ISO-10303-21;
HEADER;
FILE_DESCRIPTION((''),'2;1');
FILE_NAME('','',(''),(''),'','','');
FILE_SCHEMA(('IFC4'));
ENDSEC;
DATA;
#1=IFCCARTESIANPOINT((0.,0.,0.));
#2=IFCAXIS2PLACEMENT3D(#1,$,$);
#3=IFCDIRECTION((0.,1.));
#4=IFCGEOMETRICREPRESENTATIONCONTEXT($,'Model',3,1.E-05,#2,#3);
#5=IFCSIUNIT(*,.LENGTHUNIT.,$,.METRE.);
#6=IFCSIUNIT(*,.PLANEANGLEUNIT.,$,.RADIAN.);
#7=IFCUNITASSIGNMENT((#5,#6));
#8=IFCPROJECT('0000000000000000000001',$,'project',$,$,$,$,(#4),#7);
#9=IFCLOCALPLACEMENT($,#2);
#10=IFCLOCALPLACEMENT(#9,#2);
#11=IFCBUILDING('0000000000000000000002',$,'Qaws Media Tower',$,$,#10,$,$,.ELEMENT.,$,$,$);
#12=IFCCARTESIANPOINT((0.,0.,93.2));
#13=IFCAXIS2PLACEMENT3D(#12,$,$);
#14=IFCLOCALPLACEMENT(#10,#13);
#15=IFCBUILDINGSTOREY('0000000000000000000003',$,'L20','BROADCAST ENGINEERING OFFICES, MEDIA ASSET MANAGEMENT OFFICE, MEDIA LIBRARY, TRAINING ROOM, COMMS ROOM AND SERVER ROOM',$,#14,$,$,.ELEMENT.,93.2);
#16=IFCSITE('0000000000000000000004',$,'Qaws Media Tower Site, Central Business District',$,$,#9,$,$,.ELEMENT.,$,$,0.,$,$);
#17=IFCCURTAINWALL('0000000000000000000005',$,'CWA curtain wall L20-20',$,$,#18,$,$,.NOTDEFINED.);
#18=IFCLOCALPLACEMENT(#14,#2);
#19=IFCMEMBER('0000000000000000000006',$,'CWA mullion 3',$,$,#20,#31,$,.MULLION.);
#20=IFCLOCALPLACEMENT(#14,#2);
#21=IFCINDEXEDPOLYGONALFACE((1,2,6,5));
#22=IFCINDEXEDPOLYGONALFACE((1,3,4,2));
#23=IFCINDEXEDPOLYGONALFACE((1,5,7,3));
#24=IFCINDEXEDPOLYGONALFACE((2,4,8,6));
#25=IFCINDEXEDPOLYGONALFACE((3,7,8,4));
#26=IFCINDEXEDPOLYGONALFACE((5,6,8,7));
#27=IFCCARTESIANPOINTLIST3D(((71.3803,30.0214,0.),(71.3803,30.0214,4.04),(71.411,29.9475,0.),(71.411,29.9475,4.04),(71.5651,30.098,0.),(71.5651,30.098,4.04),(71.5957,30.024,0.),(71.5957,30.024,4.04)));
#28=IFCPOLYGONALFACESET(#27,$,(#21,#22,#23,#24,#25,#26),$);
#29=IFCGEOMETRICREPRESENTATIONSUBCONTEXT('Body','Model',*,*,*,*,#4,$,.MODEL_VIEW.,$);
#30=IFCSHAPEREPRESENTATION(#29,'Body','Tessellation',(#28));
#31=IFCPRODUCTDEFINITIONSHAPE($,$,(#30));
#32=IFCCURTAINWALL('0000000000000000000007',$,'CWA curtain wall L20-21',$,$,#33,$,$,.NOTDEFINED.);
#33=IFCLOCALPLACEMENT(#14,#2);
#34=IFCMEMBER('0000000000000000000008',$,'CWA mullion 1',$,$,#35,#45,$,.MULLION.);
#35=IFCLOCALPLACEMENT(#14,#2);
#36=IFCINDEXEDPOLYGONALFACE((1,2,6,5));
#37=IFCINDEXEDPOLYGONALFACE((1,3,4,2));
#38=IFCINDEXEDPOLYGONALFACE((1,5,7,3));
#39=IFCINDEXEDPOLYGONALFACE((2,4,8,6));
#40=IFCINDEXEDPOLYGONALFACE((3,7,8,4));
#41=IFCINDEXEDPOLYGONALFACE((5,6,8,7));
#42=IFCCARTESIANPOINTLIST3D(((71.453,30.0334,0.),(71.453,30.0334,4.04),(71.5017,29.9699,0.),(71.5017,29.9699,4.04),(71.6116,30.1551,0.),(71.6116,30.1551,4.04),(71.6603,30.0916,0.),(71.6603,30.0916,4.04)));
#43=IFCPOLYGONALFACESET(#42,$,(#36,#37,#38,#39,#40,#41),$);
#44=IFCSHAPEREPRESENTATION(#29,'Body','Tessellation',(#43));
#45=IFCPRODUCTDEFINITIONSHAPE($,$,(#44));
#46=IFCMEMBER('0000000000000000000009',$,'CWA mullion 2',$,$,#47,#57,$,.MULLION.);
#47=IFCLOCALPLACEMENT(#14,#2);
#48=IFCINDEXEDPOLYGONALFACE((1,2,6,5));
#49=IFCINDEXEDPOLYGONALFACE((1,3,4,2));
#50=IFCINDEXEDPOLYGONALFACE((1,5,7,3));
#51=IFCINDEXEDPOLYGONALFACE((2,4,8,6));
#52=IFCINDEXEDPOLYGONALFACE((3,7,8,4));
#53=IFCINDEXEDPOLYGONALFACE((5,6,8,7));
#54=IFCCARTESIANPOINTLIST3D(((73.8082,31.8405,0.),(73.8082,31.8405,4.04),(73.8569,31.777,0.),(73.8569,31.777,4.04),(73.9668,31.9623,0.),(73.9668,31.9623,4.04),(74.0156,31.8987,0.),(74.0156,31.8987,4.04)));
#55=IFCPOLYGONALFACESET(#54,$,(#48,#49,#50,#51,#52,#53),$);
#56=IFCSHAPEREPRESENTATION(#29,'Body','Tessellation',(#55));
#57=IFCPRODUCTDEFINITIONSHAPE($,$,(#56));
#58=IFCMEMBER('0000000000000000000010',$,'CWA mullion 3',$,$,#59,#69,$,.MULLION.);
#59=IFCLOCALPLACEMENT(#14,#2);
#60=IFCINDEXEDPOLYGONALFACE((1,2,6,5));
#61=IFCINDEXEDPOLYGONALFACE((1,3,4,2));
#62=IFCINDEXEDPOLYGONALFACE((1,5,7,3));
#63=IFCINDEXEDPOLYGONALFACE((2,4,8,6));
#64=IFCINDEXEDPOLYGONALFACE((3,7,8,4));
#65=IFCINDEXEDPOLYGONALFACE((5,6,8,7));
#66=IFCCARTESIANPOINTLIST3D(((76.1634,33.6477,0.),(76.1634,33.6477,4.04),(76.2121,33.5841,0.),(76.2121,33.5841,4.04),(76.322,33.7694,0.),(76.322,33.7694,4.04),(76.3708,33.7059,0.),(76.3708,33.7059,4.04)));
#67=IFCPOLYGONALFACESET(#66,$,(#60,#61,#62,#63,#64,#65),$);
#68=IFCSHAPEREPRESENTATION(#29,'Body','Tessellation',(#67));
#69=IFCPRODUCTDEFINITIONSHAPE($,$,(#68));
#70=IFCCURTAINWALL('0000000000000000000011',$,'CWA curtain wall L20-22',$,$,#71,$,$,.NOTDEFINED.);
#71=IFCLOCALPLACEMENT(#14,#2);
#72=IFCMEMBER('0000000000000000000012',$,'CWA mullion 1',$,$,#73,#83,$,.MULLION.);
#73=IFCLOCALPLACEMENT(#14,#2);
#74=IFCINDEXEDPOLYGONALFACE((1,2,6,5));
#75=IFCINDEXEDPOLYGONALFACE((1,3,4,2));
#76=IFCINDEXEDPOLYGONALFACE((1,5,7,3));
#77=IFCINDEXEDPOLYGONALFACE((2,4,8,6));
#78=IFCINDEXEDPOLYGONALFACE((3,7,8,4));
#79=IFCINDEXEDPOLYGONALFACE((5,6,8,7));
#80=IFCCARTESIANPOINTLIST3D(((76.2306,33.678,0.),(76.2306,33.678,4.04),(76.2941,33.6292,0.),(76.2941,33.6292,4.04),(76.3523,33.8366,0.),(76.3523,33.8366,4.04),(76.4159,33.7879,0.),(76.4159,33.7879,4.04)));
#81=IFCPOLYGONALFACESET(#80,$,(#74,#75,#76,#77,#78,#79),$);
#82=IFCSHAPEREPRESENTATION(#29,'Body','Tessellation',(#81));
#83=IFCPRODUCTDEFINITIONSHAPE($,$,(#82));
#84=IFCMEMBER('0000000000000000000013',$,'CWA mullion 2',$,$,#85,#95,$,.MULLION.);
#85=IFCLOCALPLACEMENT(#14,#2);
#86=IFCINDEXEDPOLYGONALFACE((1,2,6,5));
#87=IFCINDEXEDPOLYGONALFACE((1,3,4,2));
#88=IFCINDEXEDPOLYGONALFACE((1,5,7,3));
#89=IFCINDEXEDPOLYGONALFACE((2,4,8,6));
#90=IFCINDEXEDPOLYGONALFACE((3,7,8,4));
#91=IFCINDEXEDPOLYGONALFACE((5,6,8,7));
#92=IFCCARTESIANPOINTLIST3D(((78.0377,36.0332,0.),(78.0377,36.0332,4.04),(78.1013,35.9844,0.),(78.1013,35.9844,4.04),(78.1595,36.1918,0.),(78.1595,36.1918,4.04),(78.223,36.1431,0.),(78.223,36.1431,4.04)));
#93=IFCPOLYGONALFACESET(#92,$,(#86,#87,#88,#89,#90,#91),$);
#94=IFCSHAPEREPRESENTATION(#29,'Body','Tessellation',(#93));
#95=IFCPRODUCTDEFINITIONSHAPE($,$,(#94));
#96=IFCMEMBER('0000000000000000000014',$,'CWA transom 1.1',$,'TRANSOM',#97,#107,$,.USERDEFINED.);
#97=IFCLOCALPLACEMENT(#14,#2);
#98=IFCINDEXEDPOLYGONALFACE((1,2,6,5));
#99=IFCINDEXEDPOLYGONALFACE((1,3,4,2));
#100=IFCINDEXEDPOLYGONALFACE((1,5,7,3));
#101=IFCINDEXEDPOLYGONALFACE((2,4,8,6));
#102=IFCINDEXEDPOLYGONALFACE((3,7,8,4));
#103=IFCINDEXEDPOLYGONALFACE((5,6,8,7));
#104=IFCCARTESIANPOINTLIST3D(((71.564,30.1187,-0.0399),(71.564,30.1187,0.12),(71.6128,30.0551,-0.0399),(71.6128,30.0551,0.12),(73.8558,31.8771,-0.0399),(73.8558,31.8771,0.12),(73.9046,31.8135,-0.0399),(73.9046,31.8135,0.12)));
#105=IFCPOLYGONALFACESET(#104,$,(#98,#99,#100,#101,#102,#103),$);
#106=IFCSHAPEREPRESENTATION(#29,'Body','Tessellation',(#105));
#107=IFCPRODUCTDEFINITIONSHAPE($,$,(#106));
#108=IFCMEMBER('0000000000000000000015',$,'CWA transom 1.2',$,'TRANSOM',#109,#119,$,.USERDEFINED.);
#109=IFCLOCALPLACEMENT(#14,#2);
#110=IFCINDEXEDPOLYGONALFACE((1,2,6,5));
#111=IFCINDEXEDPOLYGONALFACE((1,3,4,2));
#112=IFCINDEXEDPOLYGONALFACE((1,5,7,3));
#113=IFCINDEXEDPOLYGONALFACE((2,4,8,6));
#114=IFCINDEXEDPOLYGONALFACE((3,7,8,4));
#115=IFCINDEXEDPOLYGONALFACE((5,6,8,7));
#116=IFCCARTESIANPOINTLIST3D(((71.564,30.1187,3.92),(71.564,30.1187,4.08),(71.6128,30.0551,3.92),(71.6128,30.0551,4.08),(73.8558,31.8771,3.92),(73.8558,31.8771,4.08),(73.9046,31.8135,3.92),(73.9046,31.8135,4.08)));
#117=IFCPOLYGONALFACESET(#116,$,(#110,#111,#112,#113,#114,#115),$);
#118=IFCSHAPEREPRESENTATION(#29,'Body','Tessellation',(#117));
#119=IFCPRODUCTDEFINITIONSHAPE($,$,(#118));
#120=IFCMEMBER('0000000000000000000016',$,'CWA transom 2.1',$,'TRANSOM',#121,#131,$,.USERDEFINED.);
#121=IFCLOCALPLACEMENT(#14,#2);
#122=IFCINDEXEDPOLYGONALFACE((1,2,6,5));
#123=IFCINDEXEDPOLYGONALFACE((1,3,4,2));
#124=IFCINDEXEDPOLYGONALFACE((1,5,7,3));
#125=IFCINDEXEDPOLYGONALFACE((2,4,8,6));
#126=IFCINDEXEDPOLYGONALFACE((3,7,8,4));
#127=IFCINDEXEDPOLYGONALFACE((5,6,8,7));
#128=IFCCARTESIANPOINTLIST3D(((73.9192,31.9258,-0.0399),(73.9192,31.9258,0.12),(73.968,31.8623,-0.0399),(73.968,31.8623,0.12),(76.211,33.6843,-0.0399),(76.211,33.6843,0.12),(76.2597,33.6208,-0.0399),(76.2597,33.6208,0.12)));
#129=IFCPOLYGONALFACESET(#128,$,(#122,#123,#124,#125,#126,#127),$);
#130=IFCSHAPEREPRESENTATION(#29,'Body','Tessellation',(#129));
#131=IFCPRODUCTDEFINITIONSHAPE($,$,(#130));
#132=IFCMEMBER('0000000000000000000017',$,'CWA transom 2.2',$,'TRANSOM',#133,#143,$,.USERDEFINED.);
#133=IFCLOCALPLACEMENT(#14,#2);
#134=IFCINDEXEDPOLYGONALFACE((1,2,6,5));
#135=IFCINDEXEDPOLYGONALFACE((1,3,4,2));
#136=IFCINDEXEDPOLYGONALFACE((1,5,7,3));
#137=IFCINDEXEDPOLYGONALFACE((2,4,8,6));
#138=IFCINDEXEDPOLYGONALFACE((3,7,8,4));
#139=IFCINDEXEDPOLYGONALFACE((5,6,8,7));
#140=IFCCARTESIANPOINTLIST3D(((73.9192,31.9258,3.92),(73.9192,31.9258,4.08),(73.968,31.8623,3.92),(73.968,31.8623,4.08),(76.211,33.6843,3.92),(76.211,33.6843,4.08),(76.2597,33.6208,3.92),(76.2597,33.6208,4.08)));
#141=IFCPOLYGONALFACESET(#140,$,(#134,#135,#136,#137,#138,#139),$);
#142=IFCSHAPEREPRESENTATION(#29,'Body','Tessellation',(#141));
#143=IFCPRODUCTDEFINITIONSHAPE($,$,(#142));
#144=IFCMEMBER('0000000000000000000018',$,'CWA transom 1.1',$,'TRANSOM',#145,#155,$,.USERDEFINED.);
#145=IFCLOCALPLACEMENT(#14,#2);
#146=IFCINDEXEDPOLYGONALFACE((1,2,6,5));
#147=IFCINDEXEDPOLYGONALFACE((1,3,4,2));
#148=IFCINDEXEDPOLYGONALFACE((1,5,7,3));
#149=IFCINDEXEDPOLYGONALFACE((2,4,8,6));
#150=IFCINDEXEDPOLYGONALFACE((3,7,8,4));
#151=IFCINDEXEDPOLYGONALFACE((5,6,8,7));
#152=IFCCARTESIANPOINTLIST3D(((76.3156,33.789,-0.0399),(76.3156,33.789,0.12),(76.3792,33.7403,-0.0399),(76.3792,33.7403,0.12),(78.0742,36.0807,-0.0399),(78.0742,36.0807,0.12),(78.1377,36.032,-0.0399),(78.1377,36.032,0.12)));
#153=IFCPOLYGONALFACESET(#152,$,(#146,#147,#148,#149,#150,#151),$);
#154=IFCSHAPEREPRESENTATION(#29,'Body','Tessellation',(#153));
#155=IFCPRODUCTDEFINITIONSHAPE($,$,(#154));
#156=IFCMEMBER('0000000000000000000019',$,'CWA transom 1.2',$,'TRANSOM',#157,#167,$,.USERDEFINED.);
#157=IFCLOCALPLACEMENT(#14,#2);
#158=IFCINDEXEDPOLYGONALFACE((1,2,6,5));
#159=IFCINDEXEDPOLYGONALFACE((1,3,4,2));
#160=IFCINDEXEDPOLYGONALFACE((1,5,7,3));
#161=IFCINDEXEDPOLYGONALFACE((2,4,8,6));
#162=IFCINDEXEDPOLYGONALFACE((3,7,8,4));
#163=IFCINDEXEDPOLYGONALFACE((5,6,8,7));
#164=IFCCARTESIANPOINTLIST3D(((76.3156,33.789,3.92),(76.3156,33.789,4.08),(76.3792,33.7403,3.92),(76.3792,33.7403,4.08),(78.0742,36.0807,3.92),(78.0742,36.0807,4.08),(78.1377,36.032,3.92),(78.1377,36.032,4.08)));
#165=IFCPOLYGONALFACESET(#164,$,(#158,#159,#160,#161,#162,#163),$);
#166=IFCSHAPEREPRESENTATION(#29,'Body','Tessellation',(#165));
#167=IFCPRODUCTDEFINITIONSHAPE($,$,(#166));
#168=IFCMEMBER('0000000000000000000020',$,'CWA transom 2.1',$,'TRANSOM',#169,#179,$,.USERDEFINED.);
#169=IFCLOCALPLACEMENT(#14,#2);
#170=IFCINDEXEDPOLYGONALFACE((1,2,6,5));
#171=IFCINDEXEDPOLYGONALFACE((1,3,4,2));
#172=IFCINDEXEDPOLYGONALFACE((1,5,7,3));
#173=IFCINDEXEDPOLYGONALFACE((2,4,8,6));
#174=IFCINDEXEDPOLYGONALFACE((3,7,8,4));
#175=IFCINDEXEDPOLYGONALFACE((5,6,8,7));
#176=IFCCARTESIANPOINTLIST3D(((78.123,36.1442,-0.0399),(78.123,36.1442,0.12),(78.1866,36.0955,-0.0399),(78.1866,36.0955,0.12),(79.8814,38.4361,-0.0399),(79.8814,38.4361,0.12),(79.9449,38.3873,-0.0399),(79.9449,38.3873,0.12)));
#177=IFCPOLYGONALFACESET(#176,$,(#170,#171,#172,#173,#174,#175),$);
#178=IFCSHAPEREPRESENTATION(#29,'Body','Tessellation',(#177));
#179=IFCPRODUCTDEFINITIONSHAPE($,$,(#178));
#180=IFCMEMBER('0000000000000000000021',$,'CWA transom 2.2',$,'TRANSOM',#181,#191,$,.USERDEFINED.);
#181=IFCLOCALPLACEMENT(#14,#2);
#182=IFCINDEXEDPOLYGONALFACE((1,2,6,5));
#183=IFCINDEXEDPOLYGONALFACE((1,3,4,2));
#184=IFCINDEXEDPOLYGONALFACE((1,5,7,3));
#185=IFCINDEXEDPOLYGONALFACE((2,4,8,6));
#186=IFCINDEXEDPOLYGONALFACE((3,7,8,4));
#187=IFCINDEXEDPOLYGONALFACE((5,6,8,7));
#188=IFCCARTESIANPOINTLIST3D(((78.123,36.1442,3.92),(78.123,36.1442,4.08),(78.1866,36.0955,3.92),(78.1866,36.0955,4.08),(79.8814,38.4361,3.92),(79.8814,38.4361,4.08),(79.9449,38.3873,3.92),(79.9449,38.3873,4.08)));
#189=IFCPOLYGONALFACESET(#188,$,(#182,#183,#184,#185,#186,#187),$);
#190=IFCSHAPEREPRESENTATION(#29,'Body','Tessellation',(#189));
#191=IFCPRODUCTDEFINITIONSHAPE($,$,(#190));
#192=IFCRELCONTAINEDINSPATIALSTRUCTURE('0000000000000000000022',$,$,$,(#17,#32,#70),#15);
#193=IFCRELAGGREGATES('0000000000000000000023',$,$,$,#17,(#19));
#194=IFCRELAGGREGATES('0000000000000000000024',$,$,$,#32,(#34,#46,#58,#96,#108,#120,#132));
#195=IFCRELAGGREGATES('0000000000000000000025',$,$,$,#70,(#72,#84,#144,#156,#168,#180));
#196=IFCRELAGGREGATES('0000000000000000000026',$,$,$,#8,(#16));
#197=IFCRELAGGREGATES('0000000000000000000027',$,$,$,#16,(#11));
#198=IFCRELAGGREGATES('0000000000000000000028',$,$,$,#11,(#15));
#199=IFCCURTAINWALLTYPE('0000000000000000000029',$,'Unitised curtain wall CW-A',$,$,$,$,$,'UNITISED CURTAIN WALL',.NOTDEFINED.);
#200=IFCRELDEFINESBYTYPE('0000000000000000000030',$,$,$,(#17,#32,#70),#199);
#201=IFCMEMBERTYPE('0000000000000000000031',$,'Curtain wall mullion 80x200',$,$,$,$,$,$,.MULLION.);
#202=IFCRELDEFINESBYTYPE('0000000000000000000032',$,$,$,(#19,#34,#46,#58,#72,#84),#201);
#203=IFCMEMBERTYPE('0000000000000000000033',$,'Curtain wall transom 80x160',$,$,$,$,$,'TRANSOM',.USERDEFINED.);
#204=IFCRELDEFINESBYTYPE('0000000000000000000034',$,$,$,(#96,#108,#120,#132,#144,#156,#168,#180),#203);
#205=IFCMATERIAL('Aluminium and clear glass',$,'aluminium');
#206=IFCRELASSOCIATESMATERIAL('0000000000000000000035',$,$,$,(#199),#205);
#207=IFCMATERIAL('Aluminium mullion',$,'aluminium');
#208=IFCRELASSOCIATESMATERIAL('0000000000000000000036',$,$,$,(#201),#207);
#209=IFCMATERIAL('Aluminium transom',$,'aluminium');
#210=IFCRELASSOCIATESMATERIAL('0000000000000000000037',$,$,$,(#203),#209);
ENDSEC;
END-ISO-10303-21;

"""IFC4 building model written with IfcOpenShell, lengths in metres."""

from ifc_helpers import new_model, si_unit, direction, frame, origin, origin_2d, place, context, subcontext, project, spatial, rectangle, extrude, material, material_profile, profile_set, type_object, element, aggregate, save


model = new_model("IFC4")

# Units and contexts
model_context = context("Model", 3, precision=1e-05, world=origin(), true_north=direction((0.0, 1.0)))
body_context = subcontext(model_context, "Body", "Model", "MODEL_VIEW")
ifc_project = project(units=[si_unit("LENGTHUNIT", "METRE"), si_unit("PLANEANGLEUNIT", "RADIAN")], contexts=[model_context])

# Site, building, storey
site_placement = place(None, origin())
site = spatial("IfcSite", under=ifc_project, at=site_placement, Name="Qaws Media Tower Site, Central Business District", CompositionType="ELEMENT", RefElevation=0.0)
building_placement = place(site_placement, origin())
building = spatial("IfcBuilding", under=site, at=building_placement, Name="Qaws Media Tower", CompositionType="ELEMENT")
storey_placement = place(building_placement, frame((0.0, 0.0, 93.2)))
storey = spatial("IfcBuildingStorey", under=building, at=storey_placement, Name="L20", Description="BROADCAST ENGINEERING OFFICES, MEDIA ASSET MANAGEMENT OFFICE, MEDIA LIBRARY, TRAINING ROOM, COMMS ROOM AND SERVER ROOM", CompositionType="ELEMENT", Elevation=93.2)

# Curtain wall, member
ifc_material_1 = material(Name="Aluminium and clear glass", Category="aluminium")
curtain_wall_type = type_object("IfcCurtainWallType", Name="Unitised curtain wall CW-A", ElementType="UNITISED CURTAIN WALL", PredefinedType="NOTDEFINED", material=ifc_material_1)
curtain_wall_1_placement = place(storey_placement, origin())
curtain_wall_1 = element("IfcCurtainWall", 1, at=curtain_wall_1_placement, inside=storey, type_object=curtain_wall_type, Name="CWA curtain wall L20-20", PredefinedType="NOTDEFINED")
ifc_material_2 = material(Name="Aluminium mullion", Category="aluminium")
ifc_material_profile_1 = material_profile(ifc_material_2, rectangle(XDim=0.0801, YDim=0.2, at=origin_2d()), Name="80x200")
ifc_profile_set_1 = profile_set([ifc_material_profile_1], Name="Aluminium mullion")
member_type_1 = type_object("IfcMemberType", Name="Curtain wall mullion 80x200", PredefinedType="MULLION", material=ifc_profile_set_1)
member_1_placement = place(storey_placement, frame((71.488, 30.0227, 0.0), z_axis=(0.0, 0.0, 1.0), x_axis=(-0.382683, 0.92388, 0.0)))
member_1 = element("IfcMember", 2, at=member_1_placement, type_object=member_type_1, Name="CWA mullion 3", PredefinedType="MULLION", context=body_context, shape_type="SweptSolid", body=[
    extrude(rectangle(XDim=0.0801, YDim=0.2, at=origin_2d()), origin(), (0.0, 0.0, 1.0), 4.04),
])

# Curtain walls, members
curtain_wall_2_placement = place(storey_placement, origin())
curtain_wall_2 = element("IfcCurtainWall", 3, at=curtain_wall_2_placement, inside=storey, type_object=curtain_wall_type, Name="CWA curtain wall L20-21", PredefinedType="NOTDEFINED")
member_2_placement = place(storey_placement, frame((71.5566, 30.0625, 0.0), z_axis=(0.0, 0.0, 1.0), x_axis=(-0.608762, 0.793353, 0.0)))
member_2 = element("IfcMember", 4, at=member_2_placement, type_object=member_type_1, Name="CWA mullion 1", PredefinedType="MULLION", context=body_context, shape_type="SweptSolid", body=[
    extrude(rectangle(XDim=0.0801, YDim=0.2, at=origin_2d()), origin(), (0.0, 0.0, 1.0), 4.04),
])
member_3_placement = place(storey_placement, frame((73.9119, 31.8696, 0.0), z_axis=(0.0, 0.0, 1.0), x_axis=(-0.608762, 0.793353, 0.0)))
member_3 = element("IfcMember", 5, at=member_3_placement, type_object=member_type_1, Name="CWA mullion 2", PredefinedType="MULLION", context=body_context, shape_type="SweptSolid", body=[
    extrude(rectangle(XDim=0.0801, YDim=0.2, at=origin_2d()), origin(), (0.0, 0.0, 1.0), 4.04),
])
member_4_placement = place(storey_placement, frame((76.2671, 33.6768, 0.0), z_axis=(0.0, 0.0, 1.0), x_axis=(-0.608762, 0.793353, 0.0)))
member_4 = element("IfcMember", 6, at=member_4_placement, type_object=member_type_1, Name="CWA mullion 3", PredefinedType="MULLION", context=body_context, shape_type="SweptSolid", body=[
    extrude(rectangle(XDim=0.0801, YDim=0.2, at=origin_2d()), origin(), (0.0, 0.0, 1.0), 4.04),
])
curtain_wall_3_placement = place(storey_placement, origin())
curtain_wall_3 = element("IfcCurtainWall", 7, at=curtain_wall_3_placement, inside=storey, type_object=curtain_wall_type, Name="CWA curtain wall L20-22", PredefinedType="NOTDEFINED")
member_5_placement = place(storey_placement, frame((76.3232, 33.7329, 0.0), z_axis=(0.0, 0.0, 1.0), x_axis=(-0.793353, 0.608762, 0.0)))
member_5 = element("IfcMember", 8, at=member_5_placement, type_object=member_type_1, Name="CWA mullion 1", PredefinedType="MULLION", context=body_context, shape_type="SweptSolid", body=[
    extrude(rectangle(XDim=0.0801, YDim=0.2, at=origin_2d()), origin(), (0.0, 0.0, 1.0), 4.04),
])
member_6_placement = place(storey_placement, frame((78.1304, 36.0881, 0.0), z_axis=(0.0, 0.0, 1.0), x_axis=(-0.793353, 0.608762, 0.0)))
member_6 = element("IfcMember", 9, at=member_6_placement, type_object=member_type_1, Name="CWA mullion 2", PredefinedType="MULLION", context=body_context, shape_type="SweptSolid", body=[
    extrude(rectangle(XDim=0.0801, YDim=0.2, at=origin_2d()), origin(), (0.0, 0.0, 1.0), 4.04),
])

# Members
ifc_material_3 = material(Name="Aluminium transom", Category="aluminium")
ifc_material_profile_2 = material_profile(ifc_material_3, rectangle(XDim=0.0801, YDim=0.1599, at=origin_2d()), Name="80x160")
ifc_profile_set_2 = profile_set([ifc_material_profile_2], Name="Aluminium transom")
member_type_2 = type_object("IfcMemberType", Name="Curtain wall transom 80x160", ElementType="TRANSOM", PredefinedType="USERDEFINED", material=ifc_profile_set_2)
member_7_placement = place(storey_placement, frame((71.5884, 30.0869, 0.04), z_axis=(0.79339, 0.608714, 0.0), x_axis=(-0.608714, 0.79339, 0.0)))
member_7 = element("IfcMember", 10, at=member_7_placement, type_object=member_type_2, Name="CWA transom 1.1", ObjectType="TRANSOM", PredefinedType="USERDEFINED", context=body_context, shape_type="SweptSolid", body=[
    extrude(rectangle(XDim=0.0801, YDim=0.1599, at=origin_2d()), origin(), (0.0, 0.0, 1.0), 2.8887),
])
member_8_placement = place(storey_placement, frame((71.5884, 30.0869, 4.0), z_axis=(0.79339, 0.608714, 0.0), x_axis=(-0.608714, 0.79339, 0.0)))
member_8 = element("IfcMember", 11, at=member_8_placement, type_object=member_type_2, Name="CWA transom 1.2", ObjectType="TRANSOM", PredefinedType="USERDEFINED", context=body_context, shape_type="SweptSolid", body=[
    extrude(rectangle(XDim=0.0801, YDim=0.1599, at=origin_2d()), origin(), (0.0, 0.0, 1.0), 2.8887),
])
member_9_placement = place(storey_placement, frame((73.9436, 31.894, 0.04), z_axis=(0.793349, 0.608767, 0.0), x_axis=(-0.608767, 0.793349, 0.0)))
member_9 = element("IfcMember", 12, at=member_9_placement, type_object=member_type_2, Name="CWA transom 2.1", ObjectType="TRANSOM", PredefinedType="USERDEFINED", context=body_context, shape_type="SweptSolid", body=[
    extrude(rectangle(XDim=0.0801, YDim=0.1599, at=origin_2d()), origin(), (0.0, 0.0, 1.0), 2.8887),
])
member_10_placement = place(storey_placement, frame((73.9436, 31.894, 4.0), z_axis=(0.793349, 0.608767, 0.0), x_axis=(-0.608767, 0.793349, 0.0)))
member_10 = element("IfcMember", 13, at=member_10_placement, type_object=member_type_2, Name="CWA transom 2.2", ObjectType="TRANSOM", PredefinedType="USERDEFINED", context=body_context, shape_type="SweptSolid", body=[
    extrude(rectangle(XDim=0.0801, YDim=0.1599, at=origin_2d()), origin(), (0.0, 0.0, 1.0), 2.8887),
])
member_11_placement = place(storey_placement, frame((76.3474, 33.7646, 0.04), z_axis=(0.608767, 0.793349, 0.0), x_axis=(-0.793349, 0.608767, 0.0)))
member_11 = element("IfcMember", 14, at=member_11_placement, type_object=member_type_2, Name="CWA transom 1.1", ObjectType="TRANSOM", PredefinedType="USERDEFINED", context=body_context, shape_type="SweptSolid", body=[
    extrude(rectangle(XDim=0.0801, YDim=0.1599, at=origin_2d()), origin(), (0.0, 0.0, 1.0), 2.8887),
])
member_12_placement = place(storey_placement, frame((76.3474, 33.7646, 4.0), z_axis=(0.608767, 0.793349, 0.0), x_axis=(-0.793349, 0.608767, 0.0)))
member_12 = element("IfcMember", 15, at=member_12_placement, type_object=member_type_2, Name="CWA transom 1.2", ObjectType="TRANSOM", PredefinedType="USERDEFINED", context=body_context, shape_type="SweptSolid", body=[
    extrude(rectangle(XDim=0.0801, YDim=0.1599, at=origin_2d()), origin(), (0.0, 0.0, 1.0), 2.8887),
])
member_13_placement = place(storey_placement, frame((78.1548, 36.1199, 0.04), z_axis=(0.608714, 0.79339, 0.0), x_axis=(-0.79339, 0.608714, 0.0)))
member_13 = element("IfcMember", 16, at=member_13_placement, type_object=member_type_2, Name="CWA transom 2.1", ObjectType="TRANSOM", PredefinedType="USERDEFINED", context=body_context, shape_type="SweptSolid", body=[
    extrude(rectangle(XDim=0.0801, YDim=0.1599, at=origin_2d()), origin(), (0.0, 0.0, 1.0), 2.8887),
])
member_14_placement = place(storey_placement, frame((78.1548, 36.1199, 4.0), z_axis=(0.608714, 0.79339, 0.0), x_axis=(-0.79339, 0.608714, 0.0)))
member_14 = element("IfcMember", 17, at=member_14_placement, type_object=member_type_2, Name="CWA transom 2.2", ObjectType="TRANSOM", PredefinedType="USERDEFINED", context=body_context, shape_type="SweptSolid", body=[
    extrude(rectangle(XDim=0.0801, YDim=0.1599, at=origin_2d()), origin(), (0.0, 0.0, 1.0), 2.8887),
])

aggregate(curtain_wall_1, [member_1])
aggregate(curtain_wall_2, [member_2, member_3, member_4, member_7, member_8, member_9, member_10])
aggregate(curtain_wall_3, [member_5, member_6, member_11, member_12, member_13, member_14])

save(model, "model.ifc")
